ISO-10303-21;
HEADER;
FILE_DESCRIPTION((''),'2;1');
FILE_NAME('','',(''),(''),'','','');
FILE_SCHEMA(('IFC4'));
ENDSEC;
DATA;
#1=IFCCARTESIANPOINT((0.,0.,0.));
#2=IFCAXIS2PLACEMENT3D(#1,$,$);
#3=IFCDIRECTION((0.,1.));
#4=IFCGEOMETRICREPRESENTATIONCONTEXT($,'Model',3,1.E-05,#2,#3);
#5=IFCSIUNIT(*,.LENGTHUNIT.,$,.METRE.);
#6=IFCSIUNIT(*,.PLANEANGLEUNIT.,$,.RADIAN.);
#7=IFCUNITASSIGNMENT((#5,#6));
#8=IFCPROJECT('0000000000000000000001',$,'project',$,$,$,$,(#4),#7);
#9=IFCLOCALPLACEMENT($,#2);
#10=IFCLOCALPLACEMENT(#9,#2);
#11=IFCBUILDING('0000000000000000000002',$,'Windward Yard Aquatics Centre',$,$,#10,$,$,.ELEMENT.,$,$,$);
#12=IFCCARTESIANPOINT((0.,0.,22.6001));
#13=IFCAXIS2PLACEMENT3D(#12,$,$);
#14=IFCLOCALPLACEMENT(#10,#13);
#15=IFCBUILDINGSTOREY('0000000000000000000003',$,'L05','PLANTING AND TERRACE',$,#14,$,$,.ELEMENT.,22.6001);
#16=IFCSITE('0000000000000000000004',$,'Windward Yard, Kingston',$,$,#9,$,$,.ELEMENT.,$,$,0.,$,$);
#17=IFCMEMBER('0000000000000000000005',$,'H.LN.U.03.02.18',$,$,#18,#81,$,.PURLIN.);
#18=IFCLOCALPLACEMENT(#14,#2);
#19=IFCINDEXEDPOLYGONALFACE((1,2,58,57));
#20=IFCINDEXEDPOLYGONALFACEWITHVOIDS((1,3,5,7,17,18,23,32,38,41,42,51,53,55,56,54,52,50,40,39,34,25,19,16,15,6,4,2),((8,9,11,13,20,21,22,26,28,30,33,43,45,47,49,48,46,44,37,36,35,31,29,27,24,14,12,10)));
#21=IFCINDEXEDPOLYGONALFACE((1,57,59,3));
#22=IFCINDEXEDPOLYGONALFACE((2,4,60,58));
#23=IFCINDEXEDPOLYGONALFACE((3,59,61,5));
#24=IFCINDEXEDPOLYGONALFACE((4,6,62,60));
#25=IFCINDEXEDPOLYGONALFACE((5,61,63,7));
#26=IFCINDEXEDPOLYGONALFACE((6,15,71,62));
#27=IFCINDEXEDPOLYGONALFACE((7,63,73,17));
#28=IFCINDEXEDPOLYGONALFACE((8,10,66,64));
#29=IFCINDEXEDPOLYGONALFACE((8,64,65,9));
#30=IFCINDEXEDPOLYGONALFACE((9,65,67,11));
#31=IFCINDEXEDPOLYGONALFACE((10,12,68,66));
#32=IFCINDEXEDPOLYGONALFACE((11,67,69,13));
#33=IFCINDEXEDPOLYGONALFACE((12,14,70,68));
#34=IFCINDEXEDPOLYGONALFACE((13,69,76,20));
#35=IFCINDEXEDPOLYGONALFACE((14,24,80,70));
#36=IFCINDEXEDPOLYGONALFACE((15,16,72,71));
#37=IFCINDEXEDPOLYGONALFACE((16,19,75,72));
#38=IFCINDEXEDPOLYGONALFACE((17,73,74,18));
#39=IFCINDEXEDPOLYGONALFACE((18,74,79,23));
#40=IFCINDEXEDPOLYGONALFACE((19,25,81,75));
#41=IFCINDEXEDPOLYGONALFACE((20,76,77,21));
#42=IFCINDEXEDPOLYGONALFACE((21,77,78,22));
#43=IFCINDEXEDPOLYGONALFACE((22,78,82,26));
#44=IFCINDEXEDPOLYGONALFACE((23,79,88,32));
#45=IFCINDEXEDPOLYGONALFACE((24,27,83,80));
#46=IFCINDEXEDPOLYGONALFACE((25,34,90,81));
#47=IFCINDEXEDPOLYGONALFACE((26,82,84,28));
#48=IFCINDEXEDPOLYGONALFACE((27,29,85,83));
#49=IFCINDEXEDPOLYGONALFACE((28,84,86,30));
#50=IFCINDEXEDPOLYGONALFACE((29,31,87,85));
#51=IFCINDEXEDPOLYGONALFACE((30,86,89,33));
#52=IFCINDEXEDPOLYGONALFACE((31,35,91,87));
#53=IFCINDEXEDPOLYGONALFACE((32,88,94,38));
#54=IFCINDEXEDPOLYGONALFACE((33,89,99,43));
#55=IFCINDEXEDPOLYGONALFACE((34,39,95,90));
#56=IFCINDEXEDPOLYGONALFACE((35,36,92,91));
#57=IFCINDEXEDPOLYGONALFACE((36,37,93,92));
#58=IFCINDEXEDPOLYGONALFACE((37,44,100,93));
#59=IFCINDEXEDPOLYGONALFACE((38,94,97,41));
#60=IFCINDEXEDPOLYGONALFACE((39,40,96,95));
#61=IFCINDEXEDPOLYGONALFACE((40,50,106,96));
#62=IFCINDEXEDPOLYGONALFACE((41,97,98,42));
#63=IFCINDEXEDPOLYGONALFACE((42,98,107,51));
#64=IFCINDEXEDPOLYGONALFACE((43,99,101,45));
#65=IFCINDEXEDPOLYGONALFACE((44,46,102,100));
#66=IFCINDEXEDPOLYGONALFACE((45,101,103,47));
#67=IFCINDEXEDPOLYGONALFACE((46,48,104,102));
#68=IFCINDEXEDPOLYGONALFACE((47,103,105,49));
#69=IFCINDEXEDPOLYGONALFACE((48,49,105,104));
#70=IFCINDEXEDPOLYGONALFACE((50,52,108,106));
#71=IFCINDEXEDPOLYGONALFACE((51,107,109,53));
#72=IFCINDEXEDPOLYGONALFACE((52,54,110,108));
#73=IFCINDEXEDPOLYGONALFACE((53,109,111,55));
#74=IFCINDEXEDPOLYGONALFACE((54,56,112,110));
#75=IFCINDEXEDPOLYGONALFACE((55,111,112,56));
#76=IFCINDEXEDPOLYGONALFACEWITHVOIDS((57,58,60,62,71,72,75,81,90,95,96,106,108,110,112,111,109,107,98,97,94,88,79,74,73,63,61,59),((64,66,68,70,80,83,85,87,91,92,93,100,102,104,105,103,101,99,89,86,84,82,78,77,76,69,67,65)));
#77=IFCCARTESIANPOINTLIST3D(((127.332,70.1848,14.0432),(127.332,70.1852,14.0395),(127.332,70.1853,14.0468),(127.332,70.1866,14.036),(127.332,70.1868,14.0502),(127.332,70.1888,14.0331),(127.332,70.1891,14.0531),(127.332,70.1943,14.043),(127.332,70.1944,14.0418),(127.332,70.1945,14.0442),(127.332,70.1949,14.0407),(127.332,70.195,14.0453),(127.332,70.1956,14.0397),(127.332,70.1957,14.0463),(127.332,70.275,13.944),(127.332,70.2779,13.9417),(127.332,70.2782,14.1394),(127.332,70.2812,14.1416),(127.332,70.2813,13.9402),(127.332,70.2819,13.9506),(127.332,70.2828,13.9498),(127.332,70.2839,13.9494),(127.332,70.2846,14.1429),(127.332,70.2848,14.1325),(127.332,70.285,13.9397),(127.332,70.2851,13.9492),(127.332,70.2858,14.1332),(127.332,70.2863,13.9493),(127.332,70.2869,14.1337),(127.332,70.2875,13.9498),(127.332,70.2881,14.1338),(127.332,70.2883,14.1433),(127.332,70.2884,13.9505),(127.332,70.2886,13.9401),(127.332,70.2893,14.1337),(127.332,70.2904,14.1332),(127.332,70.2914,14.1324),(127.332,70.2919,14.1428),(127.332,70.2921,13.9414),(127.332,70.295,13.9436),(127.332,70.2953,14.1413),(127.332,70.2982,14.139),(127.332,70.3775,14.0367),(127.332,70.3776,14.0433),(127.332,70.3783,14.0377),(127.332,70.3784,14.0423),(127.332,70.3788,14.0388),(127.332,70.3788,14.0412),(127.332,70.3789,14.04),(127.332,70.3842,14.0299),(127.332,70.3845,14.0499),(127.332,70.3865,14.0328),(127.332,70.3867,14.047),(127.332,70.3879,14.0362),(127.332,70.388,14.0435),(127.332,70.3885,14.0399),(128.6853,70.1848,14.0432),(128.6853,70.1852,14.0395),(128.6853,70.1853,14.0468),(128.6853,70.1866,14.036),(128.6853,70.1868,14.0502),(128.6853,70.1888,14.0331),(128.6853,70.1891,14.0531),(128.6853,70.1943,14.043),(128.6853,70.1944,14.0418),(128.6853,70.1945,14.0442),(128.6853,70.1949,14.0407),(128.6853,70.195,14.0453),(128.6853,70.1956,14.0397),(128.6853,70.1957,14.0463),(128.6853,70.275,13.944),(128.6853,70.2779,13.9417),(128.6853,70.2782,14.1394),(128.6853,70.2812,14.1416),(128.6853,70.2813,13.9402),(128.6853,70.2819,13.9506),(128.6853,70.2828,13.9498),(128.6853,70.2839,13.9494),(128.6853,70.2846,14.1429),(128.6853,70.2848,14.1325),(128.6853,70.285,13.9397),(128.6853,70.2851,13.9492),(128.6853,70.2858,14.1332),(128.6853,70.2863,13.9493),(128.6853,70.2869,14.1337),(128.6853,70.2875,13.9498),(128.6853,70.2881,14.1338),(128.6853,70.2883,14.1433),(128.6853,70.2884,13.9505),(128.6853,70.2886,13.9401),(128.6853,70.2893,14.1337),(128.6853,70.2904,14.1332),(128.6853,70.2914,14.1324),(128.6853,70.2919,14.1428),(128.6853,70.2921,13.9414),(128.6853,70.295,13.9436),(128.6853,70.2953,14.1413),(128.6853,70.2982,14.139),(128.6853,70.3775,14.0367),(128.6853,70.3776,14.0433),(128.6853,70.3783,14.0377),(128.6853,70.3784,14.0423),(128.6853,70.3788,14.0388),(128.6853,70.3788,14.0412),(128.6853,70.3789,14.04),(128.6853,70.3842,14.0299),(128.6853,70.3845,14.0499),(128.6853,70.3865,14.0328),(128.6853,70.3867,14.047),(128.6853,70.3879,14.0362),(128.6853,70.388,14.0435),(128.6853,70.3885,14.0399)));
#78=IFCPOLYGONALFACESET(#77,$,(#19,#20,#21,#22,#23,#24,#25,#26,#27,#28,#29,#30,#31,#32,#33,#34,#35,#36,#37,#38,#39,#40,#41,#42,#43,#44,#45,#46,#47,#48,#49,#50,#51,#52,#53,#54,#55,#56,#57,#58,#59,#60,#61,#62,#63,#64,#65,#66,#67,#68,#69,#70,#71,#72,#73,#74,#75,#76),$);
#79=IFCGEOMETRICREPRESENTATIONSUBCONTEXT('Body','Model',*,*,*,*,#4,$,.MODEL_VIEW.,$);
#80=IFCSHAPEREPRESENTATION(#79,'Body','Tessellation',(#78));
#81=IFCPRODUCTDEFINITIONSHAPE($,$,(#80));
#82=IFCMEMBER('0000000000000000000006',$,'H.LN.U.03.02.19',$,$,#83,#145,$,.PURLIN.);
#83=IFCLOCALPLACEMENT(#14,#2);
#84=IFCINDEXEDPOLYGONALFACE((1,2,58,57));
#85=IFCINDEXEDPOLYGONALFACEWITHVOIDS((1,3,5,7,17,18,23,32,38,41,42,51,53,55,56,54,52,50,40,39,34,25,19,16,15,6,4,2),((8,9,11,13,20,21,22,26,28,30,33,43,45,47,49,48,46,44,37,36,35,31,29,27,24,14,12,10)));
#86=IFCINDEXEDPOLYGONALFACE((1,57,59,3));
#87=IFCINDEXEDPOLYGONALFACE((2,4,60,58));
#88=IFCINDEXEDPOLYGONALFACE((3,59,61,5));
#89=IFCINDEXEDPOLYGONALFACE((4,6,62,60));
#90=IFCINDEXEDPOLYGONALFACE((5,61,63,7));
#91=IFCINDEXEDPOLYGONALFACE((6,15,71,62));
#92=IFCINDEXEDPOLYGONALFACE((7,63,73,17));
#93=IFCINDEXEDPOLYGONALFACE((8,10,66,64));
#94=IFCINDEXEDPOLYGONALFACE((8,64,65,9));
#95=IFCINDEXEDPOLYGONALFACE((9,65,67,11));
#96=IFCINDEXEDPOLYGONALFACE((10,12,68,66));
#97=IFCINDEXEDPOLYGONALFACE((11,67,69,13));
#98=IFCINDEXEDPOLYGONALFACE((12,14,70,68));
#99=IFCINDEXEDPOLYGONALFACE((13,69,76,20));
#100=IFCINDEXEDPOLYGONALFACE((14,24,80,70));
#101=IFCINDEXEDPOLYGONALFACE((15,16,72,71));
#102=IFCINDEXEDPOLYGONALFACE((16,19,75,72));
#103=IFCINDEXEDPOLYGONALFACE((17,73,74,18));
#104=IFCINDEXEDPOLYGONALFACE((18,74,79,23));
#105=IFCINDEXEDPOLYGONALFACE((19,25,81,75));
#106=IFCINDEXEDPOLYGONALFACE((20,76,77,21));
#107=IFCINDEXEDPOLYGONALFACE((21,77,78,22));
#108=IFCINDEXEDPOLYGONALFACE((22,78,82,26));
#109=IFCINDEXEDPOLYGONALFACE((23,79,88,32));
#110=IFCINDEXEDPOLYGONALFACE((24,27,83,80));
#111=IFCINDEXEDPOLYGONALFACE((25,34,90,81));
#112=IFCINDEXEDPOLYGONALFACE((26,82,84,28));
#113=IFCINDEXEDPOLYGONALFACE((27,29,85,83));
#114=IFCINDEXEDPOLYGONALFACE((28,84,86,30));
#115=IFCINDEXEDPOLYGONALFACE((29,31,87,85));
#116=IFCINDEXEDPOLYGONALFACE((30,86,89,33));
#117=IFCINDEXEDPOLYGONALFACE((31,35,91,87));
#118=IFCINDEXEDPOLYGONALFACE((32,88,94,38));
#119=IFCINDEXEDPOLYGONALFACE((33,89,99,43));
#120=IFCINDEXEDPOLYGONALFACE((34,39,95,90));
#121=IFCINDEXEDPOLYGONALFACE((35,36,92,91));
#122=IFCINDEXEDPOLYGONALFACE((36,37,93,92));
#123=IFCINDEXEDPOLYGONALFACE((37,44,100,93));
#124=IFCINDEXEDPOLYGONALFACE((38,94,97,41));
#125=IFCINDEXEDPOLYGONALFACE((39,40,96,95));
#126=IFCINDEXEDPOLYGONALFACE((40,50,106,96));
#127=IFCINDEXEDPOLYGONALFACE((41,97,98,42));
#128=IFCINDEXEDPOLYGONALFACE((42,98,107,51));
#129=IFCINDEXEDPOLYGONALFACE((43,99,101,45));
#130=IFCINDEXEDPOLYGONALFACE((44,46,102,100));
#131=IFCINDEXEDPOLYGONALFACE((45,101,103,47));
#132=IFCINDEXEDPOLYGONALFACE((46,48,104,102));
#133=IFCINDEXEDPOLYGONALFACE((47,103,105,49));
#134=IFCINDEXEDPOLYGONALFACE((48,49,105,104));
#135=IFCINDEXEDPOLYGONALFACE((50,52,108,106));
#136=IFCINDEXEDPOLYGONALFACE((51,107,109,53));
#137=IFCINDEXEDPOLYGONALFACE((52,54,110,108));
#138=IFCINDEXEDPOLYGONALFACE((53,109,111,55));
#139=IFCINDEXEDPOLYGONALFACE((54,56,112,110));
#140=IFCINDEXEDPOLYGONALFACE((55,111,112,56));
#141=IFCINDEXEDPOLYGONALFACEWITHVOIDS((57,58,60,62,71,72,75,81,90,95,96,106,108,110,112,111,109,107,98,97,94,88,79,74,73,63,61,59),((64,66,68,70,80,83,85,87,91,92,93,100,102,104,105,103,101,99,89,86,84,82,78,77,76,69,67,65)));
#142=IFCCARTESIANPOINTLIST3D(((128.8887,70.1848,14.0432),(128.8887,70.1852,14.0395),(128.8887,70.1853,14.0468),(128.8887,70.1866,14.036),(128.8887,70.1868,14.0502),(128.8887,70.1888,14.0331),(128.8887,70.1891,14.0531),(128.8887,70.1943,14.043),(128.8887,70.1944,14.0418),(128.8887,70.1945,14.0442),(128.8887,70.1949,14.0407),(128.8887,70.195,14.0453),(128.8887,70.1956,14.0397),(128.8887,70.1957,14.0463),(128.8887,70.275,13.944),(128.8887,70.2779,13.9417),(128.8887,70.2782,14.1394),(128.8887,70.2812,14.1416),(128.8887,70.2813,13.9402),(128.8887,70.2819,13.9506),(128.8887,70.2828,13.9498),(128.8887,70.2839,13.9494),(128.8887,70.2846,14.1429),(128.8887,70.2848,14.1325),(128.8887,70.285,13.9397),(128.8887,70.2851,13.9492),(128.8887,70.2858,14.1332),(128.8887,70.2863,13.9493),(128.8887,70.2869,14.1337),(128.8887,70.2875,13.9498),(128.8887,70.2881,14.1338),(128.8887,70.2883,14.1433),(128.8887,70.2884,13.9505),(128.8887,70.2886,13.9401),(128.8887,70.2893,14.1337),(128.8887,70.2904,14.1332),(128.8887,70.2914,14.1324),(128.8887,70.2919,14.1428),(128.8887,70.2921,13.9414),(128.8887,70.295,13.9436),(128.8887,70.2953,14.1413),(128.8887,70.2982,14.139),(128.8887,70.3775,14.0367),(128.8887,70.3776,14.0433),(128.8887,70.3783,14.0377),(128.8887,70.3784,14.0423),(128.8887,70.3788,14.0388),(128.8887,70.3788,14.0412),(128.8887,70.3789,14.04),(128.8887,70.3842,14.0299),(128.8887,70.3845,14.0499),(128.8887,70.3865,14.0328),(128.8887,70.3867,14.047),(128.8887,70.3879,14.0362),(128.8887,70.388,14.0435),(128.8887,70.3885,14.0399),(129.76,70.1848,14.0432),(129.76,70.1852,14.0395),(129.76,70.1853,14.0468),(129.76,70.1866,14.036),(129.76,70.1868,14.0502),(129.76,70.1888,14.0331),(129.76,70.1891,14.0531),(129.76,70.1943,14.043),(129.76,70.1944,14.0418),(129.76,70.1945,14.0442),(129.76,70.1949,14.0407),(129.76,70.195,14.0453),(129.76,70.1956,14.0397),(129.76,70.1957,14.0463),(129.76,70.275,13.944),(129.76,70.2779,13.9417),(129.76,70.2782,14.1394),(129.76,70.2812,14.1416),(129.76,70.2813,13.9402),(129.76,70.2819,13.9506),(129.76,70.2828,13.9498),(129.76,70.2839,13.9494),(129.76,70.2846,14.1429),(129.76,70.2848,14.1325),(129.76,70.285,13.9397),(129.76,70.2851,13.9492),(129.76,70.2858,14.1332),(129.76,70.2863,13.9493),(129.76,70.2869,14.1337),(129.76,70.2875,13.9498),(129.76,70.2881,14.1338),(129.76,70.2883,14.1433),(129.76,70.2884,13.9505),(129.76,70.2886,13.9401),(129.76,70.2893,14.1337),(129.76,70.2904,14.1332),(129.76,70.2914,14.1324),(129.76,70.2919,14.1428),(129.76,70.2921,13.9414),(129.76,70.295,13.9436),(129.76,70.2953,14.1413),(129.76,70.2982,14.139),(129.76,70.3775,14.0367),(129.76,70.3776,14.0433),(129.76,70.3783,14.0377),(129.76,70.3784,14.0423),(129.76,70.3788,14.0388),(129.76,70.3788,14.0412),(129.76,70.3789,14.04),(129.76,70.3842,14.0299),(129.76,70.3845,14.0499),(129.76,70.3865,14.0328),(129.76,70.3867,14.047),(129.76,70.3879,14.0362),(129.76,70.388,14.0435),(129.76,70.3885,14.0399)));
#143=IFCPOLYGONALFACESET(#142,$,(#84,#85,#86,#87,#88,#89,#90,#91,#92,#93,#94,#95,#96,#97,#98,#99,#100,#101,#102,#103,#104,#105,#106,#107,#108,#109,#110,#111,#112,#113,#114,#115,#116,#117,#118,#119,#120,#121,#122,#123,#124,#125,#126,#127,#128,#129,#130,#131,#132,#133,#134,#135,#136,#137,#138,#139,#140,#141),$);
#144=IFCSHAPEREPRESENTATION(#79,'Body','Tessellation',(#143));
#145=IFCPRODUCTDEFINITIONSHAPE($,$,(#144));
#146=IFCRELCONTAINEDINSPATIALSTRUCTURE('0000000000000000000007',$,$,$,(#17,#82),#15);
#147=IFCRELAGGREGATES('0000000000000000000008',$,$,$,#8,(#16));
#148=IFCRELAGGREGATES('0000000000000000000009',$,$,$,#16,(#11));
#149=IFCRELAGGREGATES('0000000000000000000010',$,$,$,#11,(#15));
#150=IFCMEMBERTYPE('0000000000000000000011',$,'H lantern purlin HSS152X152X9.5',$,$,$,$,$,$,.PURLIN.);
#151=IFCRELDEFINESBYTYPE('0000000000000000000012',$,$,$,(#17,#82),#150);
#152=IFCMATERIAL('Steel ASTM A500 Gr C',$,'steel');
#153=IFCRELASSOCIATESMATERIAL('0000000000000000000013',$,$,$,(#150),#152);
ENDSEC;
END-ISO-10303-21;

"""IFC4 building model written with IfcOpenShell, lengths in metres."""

from ifc_helpers import new_model, si_unit, direction, frame, origin, origin_2d, place, context, subcontext, project, spatial, hollow_rectangle, extrude, material, material_profile, profile_set, type_object, element, save


model = new_model("IFC4")

# Units and contexts
model_context = context("Model", 3, precision=1e-05, world=origin(), true_north=direction((0.0, 1.0)))
body_context = subcontext(model_context, "Body", "Model", "MODEL_VIEW")
ifc_project = project(units=[si_unit("LENGTHUNIT", "METRE"), si_unit("PLANEANGLEUNIT", "RADIAN")], contexts=[model_context])

# Site, building, storey
site_placement = place(None, origin())
site = spatial("IfcSite", under=ifc_project, at=site_placement, Name="Windward Yard, Kingston", CompositionType="ELEMENT", RefElevation=0.0)
building_placement = place(site_placement, origin())
building = spatial("IfcBuilding", under=site, at=building_placement, Name="Windward Yard Aquatics Centre", CompositionType="ELEMENT")
storey_placement = place(building_placement, frame((0.0, 0.0, 22.6001)))
storey = spatial("IfcBuildingStorey", under=building, at=storey_placement, Name="L05", Description="PLANTING AND TERRACE", CompositionType="ELEMENT", Elevation=22.6001)

# Members
ifc_material_1 = material(Name="Steel ASTM A500 Gr C", Category="steel")
ifc_material_profile = material_profile(ifc_material_1, hollow_rectangle(XDim=0.1523, YDim=0.1523, WallThickness=0.0095, InnerFilletRadius=0.0046, OuterFilletRadius=0.0142, at=origin_2d()), Name="HSS152X152X9.5")
ifc_profile_set = profile_set([ifc_material_profile], Name="Steel ASTM A500 Gr C")
member_type = type_object("IfcMemberType", Name="H lantern purlin HSS152X152X9.5", PredefinedType="PURLIN", material=ifc_profile_set)
member_1_placement = place(storey_placement, frame((127.332, 70.2866, 14.0415), z_axis=(1.0, 0.0, 0.0), x_axis=(0.0, 0.69555, -0.718477)))
element("IfcMember", 1, at=member_1_placement, inside=storey, type_object=member_type, Name="H.LN.U.03.02.18", PredefinedType="PURLIN", context=body_context, shape_type="SweptSolid", body=[
    extrude(hollow_rectangle(XDim=0.1523, YDim=0.1523, WallThickness=0.0095, InnerFilletRadius=0.0046, OuterFilletRadius=0.0142, at=origin_2d()), origin(), (0.0, 0.0, 1.0), 1.3533),
])
member_2_placement = place(storey_placement, frame((128.8887, 70.2866, 14.0415), z_axis=(1.0, 0.0, 0.0), x_axis=(0.0, 0.69555, -0.718477)))
element("IfcMember", 2, at=member_2_placement, inside=storey, type_object=member_type, Name="H.LN.U.03.02.19", PredefinedType="PURLIN", context=body_context, shape_type="SweptSolid", body=[
    extrude(hollow_rectangle(XDim=0.1523, YDim=0.1523, WallThickness=0.0095, InnerFilletRadius=0.0046, OuterFilletRadius=0.0142, at=origin_2d()), origin(), (0.0, 0.0, 1.0), 0.8713),
])

save(model, "model.ifc")
